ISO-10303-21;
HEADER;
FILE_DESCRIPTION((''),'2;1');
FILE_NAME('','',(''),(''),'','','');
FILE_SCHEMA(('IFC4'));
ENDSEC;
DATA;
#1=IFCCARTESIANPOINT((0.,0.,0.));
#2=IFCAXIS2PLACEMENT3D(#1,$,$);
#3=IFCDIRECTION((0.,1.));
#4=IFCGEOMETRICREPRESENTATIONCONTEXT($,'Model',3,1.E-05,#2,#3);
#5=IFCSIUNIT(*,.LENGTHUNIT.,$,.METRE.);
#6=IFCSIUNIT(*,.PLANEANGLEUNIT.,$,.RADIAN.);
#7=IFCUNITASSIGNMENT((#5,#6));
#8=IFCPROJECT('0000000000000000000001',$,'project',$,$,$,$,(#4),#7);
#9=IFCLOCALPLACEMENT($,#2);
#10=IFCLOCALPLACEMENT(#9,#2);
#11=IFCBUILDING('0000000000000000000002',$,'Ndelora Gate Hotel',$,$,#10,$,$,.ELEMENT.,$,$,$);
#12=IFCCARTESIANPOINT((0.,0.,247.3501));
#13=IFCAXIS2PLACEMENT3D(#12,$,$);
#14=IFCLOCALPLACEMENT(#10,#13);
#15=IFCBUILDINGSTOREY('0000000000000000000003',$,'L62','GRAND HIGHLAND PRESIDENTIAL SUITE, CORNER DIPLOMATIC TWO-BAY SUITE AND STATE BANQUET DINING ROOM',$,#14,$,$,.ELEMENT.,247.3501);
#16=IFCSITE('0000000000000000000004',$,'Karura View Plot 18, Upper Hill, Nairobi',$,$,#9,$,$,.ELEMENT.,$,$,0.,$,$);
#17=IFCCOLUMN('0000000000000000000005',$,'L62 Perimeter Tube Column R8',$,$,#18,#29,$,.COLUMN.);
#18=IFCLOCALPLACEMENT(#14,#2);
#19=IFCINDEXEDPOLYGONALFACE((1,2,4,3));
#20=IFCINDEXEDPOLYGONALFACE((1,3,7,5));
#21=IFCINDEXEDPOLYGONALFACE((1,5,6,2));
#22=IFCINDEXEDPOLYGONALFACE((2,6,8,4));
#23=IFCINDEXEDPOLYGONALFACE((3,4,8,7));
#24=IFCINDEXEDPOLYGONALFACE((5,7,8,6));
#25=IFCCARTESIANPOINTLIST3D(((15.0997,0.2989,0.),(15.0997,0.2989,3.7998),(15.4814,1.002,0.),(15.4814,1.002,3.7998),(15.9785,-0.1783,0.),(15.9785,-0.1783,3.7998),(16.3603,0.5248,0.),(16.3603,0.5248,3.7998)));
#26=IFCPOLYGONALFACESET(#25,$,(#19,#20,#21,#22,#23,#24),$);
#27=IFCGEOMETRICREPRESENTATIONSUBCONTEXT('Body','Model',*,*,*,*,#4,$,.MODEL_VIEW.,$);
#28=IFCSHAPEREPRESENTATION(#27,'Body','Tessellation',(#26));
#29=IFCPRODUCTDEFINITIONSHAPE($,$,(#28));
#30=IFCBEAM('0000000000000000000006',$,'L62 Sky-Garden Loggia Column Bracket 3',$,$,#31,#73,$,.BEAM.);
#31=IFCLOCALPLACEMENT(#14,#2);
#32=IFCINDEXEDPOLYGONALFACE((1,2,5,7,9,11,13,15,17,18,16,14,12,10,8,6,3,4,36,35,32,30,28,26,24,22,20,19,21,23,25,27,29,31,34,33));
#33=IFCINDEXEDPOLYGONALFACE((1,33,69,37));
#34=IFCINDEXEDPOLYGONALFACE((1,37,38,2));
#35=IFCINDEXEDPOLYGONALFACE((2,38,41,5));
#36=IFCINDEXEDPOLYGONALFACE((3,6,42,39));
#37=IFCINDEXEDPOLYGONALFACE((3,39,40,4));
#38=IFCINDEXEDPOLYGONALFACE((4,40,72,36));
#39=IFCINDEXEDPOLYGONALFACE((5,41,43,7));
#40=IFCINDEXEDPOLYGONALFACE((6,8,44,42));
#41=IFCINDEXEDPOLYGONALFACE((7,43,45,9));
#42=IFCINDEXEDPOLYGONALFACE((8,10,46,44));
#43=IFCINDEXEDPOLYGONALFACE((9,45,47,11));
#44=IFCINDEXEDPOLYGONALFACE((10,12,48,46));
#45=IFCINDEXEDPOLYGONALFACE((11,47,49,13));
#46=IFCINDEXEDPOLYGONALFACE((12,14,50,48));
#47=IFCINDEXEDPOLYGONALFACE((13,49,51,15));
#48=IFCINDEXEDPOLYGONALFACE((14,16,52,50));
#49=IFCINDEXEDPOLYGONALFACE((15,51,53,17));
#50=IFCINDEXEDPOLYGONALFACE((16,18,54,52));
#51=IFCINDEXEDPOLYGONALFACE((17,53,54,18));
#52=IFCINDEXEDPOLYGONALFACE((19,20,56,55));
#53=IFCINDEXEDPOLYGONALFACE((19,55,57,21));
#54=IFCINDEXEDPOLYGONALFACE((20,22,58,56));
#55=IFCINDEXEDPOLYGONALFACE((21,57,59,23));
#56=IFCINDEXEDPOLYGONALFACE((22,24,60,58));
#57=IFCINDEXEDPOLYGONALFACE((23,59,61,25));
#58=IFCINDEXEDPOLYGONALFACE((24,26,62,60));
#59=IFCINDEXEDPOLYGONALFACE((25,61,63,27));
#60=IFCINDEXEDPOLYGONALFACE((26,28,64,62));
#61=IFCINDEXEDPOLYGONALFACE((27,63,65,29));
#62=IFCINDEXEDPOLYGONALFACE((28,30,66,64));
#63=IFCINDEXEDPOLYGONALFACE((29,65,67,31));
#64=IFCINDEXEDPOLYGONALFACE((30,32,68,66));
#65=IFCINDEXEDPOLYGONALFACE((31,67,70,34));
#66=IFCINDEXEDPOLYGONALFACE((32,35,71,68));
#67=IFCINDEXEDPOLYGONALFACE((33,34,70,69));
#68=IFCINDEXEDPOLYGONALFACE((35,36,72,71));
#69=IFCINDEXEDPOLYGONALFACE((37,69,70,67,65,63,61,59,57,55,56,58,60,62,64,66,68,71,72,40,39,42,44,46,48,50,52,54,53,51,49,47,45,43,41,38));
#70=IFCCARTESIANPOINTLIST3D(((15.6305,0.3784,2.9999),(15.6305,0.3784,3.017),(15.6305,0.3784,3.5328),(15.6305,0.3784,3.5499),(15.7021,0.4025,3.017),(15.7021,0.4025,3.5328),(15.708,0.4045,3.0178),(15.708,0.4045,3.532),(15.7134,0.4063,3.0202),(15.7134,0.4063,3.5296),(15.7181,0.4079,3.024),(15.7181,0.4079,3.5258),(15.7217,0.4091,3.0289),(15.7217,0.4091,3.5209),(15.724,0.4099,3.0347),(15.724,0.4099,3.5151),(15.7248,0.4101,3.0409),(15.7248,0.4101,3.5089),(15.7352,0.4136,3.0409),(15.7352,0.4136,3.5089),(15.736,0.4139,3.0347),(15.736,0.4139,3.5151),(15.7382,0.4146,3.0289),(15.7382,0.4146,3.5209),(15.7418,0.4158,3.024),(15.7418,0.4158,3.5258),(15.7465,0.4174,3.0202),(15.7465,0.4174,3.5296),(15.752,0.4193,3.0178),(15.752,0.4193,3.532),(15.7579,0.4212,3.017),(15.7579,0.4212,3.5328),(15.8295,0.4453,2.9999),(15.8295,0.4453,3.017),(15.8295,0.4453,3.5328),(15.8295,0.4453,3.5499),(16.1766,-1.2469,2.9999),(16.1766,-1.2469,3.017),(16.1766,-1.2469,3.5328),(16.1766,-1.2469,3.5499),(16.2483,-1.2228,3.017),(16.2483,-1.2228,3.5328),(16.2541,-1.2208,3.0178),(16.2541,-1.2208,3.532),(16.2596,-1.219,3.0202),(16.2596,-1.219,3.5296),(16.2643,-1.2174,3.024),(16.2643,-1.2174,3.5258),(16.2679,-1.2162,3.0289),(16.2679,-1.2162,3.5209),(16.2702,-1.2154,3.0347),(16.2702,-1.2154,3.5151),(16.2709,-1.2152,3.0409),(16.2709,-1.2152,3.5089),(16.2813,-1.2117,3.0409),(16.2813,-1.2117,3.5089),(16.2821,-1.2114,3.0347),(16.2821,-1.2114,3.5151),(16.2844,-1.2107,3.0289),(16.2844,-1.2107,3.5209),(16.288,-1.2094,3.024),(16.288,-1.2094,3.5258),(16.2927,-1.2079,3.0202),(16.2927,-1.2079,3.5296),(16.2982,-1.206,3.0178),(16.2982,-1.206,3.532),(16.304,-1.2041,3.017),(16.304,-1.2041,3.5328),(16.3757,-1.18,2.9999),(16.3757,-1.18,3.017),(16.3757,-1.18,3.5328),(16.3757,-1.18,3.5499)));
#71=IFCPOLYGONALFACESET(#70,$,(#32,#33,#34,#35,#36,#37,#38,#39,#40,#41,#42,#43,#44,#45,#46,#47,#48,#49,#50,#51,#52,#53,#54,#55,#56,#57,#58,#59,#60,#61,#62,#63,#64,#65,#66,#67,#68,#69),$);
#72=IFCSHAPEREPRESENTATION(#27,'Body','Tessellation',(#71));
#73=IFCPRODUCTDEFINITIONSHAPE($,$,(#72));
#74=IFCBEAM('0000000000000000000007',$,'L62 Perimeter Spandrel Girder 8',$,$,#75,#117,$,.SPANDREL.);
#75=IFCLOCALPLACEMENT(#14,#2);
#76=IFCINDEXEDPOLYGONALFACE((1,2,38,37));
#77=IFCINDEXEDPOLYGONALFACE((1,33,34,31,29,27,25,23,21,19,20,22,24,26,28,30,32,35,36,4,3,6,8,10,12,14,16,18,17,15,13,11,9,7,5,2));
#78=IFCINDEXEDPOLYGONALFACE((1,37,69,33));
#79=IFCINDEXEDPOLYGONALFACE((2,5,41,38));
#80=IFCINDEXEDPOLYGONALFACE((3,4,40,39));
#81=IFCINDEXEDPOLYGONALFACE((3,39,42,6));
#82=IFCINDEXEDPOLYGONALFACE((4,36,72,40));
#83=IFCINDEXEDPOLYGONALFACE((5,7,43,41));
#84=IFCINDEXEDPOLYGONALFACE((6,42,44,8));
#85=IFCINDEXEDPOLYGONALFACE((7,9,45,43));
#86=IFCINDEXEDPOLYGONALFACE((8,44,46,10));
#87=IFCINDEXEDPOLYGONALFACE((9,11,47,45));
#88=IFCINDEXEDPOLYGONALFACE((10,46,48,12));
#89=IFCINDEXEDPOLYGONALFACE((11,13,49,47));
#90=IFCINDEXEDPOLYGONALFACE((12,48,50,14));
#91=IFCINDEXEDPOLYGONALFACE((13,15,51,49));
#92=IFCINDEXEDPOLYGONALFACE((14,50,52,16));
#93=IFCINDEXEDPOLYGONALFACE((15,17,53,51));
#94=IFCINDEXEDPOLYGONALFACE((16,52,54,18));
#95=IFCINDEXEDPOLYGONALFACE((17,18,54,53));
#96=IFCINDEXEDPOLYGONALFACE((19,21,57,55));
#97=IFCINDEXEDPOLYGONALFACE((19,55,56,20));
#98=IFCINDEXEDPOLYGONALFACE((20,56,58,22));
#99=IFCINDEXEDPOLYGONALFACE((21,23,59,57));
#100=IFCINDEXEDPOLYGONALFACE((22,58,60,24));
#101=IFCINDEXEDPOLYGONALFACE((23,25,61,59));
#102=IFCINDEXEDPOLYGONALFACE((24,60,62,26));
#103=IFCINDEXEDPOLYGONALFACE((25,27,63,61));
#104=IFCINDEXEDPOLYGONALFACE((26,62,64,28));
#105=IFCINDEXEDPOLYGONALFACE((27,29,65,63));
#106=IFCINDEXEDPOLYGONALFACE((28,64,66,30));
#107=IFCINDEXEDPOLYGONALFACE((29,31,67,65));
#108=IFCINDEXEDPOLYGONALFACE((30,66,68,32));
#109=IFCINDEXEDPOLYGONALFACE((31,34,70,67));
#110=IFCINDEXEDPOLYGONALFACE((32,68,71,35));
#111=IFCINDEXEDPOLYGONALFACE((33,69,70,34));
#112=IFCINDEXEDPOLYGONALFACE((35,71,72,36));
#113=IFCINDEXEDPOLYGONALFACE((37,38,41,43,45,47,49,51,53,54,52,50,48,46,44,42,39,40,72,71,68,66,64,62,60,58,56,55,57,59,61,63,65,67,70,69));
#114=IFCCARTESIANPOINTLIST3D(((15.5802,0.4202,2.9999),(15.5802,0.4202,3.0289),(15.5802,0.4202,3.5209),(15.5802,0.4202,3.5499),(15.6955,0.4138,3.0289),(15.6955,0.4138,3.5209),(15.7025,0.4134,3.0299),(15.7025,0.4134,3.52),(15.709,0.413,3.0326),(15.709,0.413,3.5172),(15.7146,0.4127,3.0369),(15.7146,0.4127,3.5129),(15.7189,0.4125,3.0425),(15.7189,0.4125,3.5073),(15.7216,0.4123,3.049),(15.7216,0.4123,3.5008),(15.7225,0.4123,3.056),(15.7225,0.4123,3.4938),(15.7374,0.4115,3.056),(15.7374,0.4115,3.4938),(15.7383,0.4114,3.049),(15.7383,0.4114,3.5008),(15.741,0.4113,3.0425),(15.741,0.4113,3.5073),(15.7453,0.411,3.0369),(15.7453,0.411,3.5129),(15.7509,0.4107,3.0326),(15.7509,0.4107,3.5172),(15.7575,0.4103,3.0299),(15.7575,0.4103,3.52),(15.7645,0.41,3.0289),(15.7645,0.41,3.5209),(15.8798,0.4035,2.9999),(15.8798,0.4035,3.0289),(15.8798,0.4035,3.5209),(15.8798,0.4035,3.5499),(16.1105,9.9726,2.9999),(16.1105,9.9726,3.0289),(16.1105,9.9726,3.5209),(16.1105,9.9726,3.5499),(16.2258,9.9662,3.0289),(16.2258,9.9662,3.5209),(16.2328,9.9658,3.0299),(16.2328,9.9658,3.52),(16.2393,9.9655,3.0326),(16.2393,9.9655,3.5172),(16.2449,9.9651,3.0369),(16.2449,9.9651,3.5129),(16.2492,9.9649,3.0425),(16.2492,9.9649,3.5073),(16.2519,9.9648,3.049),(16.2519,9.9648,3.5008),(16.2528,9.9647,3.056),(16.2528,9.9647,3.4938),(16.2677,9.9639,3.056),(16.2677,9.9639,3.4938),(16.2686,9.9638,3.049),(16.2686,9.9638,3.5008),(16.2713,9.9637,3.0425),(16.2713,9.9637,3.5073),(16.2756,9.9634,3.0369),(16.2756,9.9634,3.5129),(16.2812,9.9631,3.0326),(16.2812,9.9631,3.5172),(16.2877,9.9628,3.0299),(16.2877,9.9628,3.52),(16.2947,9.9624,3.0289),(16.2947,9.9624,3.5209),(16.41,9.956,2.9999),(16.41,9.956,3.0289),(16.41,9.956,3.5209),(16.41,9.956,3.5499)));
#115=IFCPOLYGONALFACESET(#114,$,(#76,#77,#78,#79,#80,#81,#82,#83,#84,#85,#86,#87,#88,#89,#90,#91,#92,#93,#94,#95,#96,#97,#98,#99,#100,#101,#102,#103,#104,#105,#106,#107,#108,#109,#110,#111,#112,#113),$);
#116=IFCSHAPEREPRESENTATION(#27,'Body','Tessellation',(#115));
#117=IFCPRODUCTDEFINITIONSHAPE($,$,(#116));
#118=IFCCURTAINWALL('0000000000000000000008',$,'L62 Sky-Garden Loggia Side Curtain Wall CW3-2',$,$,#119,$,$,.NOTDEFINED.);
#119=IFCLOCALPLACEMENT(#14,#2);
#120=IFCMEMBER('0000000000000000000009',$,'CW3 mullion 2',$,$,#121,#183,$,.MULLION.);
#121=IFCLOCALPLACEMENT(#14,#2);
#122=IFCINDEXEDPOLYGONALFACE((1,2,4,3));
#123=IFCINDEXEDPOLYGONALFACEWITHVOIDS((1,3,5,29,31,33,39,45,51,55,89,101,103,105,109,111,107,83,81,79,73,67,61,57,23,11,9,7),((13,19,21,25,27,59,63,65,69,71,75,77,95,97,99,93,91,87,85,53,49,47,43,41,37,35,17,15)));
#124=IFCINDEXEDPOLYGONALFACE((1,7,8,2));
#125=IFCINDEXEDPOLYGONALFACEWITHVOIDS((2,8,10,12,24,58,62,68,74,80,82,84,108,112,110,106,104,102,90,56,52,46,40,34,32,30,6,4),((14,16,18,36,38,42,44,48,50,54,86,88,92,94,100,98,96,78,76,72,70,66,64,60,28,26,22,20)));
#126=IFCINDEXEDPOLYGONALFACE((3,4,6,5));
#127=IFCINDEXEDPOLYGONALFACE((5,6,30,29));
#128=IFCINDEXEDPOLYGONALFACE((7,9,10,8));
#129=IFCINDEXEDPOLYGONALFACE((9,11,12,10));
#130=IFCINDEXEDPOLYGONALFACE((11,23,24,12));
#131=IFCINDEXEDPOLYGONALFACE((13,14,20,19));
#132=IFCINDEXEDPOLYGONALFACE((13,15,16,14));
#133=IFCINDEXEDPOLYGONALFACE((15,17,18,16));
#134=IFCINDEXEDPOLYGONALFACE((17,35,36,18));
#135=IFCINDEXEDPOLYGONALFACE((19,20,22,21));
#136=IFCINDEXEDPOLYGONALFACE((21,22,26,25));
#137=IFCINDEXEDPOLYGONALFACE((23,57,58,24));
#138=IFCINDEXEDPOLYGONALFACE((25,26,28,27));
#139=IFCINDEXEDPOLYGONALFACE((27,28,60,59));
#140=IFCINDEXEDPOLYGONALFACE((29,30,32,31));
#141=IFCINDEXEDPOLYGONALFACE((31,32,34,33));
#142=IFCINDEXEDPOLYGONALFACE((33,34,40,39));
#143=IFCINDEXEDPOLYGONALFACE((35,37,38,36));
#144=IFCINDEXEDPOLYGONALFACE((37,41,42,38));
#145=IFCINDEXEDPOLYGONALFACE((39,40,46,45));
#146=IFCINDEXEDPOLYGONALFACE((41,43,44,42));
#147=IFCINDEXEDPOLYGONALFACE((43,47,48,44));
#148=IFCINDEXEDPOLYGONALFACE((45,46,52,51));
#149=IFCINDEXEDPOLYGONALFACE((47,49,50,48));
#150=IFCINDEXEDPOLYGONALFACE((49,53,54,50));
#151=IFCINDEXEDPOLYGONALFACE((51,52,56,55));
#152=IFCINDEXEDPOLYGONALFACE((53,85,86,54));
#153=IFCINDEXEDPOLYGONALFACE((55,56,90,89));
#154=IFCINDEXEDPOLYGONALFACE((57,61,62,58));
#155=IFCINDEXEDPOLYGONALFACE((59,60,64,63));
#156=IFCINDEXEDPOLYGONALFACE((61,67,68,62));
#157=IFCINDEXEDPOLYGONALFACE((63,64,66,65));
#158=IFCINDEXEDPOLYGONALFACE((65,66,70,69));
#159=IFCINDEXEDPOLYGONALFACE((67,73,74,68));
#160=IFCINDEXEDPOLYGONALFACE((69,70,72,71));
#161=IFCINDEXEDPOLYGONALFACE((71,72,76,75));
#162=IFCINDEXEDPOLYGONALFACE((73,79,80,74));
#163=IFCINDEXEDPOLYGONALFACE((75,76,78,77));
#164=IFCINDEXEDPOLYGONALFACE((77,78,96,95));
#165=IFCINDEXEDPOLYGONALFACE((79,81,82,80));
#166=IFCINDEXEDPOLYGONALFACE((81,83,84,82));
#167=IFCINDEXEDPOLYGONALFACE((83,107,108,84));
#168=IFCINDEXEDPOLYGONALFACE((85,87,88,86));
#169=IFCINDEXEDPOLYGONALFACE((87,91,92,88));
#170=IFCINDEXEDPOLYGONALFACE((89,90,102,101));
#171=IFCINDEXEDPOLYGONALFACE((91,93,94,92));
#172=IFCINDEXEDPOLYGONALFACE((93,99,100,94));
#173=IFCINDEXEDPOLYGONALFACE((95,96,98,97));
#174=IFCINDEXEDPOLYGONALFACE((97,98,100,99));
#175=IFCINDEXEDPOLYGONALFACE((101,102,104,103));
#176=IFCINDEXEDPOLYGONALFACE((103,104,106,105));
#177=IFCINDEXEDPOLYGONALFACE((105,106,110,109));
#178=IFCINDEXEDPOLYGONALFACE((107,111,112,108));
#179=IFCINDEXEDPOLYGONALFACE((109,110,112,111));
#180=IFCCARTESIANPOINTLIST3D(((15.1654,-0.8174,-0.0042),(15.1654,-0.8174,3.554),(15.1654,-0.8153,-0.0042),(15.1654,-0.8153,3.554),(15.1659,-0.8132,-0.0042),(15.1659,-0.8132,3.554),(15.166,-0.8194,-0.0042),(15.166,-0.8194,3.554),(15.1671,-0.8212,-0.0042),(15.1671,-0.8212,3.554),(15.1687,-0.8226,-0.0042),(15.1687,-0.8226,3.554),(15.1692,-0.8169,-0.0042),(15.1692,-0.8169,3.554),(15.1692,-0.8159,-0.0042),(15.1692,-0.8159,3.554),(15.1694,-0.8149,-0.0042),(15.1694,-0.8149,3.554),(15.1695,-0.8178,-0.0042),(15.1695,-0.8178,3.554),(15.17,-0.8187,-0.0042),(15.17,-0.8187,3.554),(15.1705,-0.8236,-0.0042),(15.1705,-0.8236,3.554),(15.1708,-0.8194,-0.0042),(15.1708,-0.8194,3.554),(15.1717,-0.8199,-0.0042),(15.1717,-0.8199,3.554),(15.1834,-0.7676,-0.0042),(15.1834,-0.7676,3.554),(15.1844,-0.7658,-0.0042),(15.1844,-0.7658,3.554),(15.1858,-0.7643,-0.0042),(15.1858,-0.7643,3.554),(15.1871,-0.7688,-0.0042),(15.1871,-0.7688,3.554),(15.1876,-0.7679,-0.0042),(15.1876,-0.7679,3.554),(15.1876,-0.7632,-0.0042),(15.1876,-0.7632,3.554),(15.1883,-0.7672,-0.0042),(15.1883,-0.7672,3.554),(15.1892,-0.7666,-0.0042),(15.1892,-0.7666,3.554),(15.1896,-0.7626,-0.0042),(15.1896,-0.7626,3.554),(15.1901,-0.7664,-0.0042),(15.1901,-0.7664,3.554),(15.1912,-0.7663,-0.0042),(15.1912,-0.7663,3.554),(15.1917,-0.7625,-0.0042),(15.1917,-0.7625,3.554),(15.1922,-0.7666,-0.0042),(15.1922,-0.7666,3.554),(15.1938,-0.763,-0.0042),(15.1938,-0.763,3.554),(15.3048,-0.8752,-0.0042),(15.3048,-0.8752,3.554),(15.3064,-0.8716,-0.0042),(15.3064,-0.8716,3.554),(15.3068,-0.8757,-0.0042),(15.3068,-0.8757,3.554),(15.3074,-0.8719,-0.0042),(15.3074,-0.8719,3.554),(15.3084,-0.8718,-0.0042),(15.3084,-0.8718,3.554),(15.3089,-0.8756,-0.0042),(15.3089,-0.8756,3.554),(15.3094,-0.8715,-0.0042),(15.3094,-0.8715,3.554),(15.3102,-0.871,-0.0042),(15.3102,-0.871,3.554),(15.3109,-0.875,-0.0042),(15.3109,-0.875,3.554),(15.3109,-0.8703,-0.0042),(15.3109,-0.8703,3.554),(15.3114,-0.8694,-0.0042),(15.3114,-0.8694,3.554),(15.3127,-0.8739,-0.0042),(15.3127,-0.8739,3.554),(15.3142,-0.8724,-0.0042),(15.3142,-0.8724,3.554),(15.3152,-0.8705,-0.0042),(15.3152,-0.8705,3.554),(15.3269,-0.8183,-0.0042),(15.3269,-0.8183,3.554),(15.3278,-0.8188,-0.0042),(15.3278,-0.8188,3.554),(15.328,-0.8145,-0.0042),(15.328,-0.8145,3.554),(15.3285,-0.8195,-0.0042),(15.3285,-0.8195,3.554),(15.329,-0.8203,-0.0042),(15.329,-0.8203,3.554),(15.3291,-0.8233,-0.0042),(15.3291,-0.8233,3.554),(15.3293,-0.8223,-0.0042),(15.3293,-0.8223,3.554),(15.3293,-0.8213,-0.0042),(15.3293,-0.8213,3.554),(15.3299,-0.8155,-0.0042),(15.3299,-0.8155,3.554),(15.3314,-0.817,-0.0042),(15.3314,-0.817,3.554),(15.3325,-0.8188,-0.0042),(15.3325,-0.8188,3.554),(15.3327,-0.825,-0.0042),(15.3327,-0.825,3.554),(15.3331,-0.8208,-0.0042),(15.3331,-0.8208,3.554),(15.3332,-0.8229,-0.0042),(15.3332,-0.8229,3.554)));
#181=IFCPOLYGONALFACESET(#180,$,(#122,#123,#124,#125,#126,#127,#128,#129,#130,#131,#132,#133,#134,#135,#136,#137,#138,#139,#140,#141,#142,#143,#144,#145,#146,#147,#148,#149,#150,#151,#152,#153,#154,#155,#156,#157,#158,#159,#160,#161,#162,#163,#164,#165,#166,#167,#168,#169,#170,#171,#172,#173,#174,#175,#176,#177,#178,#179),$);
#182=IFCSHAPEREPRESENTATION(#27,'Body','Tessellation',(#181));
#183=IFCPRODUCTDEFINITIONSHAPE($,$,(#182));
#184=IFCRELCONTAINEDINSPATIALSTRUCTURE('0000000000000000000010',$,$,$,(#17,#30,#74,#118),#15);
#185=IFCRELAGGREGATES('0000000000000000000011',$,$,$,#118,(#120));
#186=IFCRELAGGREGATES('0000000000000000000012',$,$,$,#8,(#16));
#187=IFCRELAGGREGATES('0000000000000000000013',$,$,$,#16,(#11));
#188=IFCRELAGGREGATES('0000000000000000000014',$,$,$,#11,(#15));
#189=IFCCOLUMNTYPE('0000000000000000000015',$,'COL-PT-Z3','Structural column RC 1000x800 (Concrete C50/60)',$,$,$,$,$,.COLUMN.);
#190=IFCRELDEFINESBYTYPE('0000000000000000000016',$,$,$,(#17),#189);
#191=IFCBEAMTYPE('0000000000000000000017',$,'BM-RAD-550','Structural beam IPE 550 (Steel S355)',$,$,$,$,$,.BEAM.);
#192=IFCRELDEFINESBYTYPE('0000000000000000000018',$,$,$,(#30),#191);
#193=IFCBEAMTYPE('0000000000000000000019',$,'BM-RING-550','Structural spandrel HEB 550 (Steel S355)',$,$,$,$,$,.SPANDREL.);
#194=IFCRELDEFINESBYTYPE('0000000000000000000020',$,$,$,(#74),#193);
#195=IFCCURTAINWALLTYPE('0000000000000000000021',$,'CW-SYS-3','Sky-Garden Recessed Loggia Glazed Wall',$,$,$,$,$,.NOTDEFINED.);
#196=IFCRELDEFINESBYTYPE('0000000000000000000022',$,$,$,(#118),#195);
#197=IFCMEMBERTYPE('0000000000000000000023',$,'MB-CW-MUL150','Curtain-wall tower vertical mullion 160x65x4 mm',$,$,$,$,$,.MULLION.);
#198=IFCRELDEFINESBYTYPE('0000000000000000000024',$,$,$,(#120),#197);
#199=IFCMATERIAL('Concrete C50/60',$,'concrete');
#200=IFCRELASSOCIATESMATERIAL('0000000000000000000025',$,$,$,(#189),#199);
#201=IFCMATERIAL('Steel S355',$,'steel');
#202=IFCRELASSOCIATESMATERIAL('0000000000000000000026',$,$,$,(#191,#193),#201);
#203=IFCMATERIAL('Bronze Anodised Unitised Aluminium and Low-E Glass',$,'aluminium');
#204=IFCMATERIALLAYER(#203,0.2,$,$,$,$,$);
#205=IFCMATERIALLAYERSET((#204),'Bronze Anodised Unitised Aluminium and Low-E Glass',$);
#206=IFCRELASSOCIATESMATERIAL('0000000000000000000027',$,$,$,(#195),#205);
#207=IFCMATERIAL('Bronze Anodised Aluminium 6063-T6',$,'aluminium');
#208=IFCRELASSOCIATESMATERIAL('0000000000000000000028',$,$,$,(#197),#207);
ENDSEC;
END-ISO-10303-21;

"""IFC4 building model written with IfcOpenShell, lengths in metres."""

from ifc_helpers import new_model, si_unit, direction, frame, origin, origin_2d, place, context, subcontext, project, spatial, rectangle, hollow_rectangle, i_section, extrude, material, layer, layer_set, material_profile, profile_set, type_object, element, aggregate, save


model = new_model("IFC4")

# Units and contexts
model_context = context("Model", 3, precision=1e-05, world=origin(), true_north=direction((0.0, 1.0)))
body_context = subcontext(model_context, "Body", "Model", "MODEL_VIEW")
ifc_project = project(units=[si_unit("LENGTHUNIT", "METRE"), si_unit("PLANEANGLEUNIT", "RADIAN")], contexts=[model_context])

# Site, building, storey
site_placement = place(None, origin())
site = spatial("IfcSite", under=ifc_project, at=site_placement, Name="Karura View Plot 18, Upper Hill, Nairobi", CompositionType="ELEMENT", RefElevation=0.0)
building_placement = place(site_placement, origin())
building = spatial("IfcBuilding", under=site, at=building_placement, Name="Ndelora Gate Hotel", CompositionType="ELEMENT")
storey_placement = place(building_placement, frame((0.0, 0.0, 247.3501)))
storey = spatial("IfcBuildingStorey", under=building, at=storey_placement, Name="L62", Description="GRAND HIGHLAND PRESIDENTIAL SUITE, CORNER DIPLOMATIC TWO-BAY SUITE AND STATE BANQUET DINING ROOM", CompositionType="ELEMENT", Elevation=247.3501)

# Column
ifc_material_1 = material(Name="Concrete C50/60", Category="concrete")
ifc_material_profile_1 = material_profile(ifc_material_1, rectangle(XDim=0.8, YDim=1.0, at=origin_2d()), Name="RC 1000x800")
ifc_profile_set_1 = profile_set([ifc_material_profile_1], Name="Concrete C50/60")
column_type = type_object("IfcColumnType", Name="COL-PT-Z3", Description="Structural column RC 1000x800 (Concrete C50/60)", PredefinedType="COLUMN", material=ifc_profile_set_1)
column_placement = place(storey_placement, frame((15.73, 0.4119, 0.0), z_axis=(0.0, 0.0, 1.0), x_axis=(0.477159, 0.878817, 0.0)))
element("IfcColumn", 1, at=column_placement, inside=storey, type_object=column_type, Name="L62 Perimeter Tube Column R8", PredefinedType="COLUMN", context=body_context, shape_type="SweptSolid", body=[
    extrude(rectangle(XDim=0.8, YDim=1.0, at=origin_2d()), origin(), (0.0, 0.0, 1.0), 3.7998),
])

# Beams
ifc_material_2 = material(Name="Steel S355", Category="steel")
ifc_material_profile_2 = material_profile(ifc_material_2, i_section(OverallWidth=0.21, OverallDepth=0.55, WebThickness=0.011, FlangeThickness=0.0171, FilletRadius=0.0239, at=origin_2d()), Name="IPE 550")
ifc_profile_set_2 = profile_set([ifc_material_profile_2], Name="Steel S355")
beam_type_1 = type_object("IfcBeamType", Name="BM-RAD-550", Description="Structural beam IPE 550 (Steel S355)", PredefinedType="BEAM", material=ifc_profile_set_2)
beam_1_placement = place(storey_placement, frame((15.73, 0.4119, 3.2749), z_axis=(0.318534, -0.947912, 0.0), x_axis=(0.947912, 0.318534, 0.0)))
element("IfcBeam", 2, at=beam_1_placement, inside=storey, type_object=beam_type_1, Name="L62 Sky-Garden Loggia Column Bracket 3", PredefinedType="BEAM", context=body_context, shape_type="SweptSolid", body=[
    extrude(i_section(OverallWidth=0.21, OverallDepth=0.55, WebThickness=0.011, FlangeThickness=0.0171, FilletRadius=0.0239, at=origin_2d()), origin(), (0.0, 0.0, 1.0), 1.7146),
])
ifc_material_profile_3 = material_profile(ifc_material_2, i_section(OverallWidth=0.3, OverallDepth=0.55, WebThickness=0.0149, FlangeThickness=0.0291, FilletRadius=0.0271, at=origin_2d()), Name="HEB 550")
ifc_profile_set_3 = profile_set([ifc_material_profile_3], Name="Steel S355")
beam_type_2 = type_object("IfcBeamType", Name="BM-RING-550", Description="Structural spandrel HEB 550 (Steel S355)", PredefinedType="SPANDREL", material=ifc_profile_set_3)
beam_2_placement = place(storey_placement, frame((15.73, 0.4119, 3.2749), z_axis=(0.055426, 0.998463, 0.0), x_axis=(-0.998463, 0.055426, 0.0)))
element("IfcBeam", 3, at=beam_2_placement, inside=storey, type_object=beam_type_2, Name="L62 Perimeter Spandrel Girder 8", PredefinedType="SPANDREL", context=body_context, shape_type="SweptSolid", body=[
    extrude(i_section(OverallWidth=0.3, OverallDepth=0.55, WebThickness=0.0149, FlangeThickness=0.0291, FilletRadius=0.0271, at=origin_2d()), origin(), (0.0, 0.0, 1.0), 9.5671),
])

# Curtain wall, member
ifc_material_3 = material(Name="Bronze Anodised Unitised Aluminium and Low-E Glass", Category="aluminium")
ifc_layer_1 = layer(ifc_material_3, 0.2)
ifc_layer_set_1 = layer_set([ifc_layer_1], Name="Bronze Anodised Unitised Aluminium and Low-E Glass")
curtain_wall_type = type_object("IfcCurtainWallType", Name="CW-SYS-3", Description="Sky-Garden Recessed Loggia Glazed Wall", PredefinedType="NOTDEFINED", material=ifc_layer_set_1)
curtain_wall_placement = place(storey_placement, origin())
curtain_wall = element("IfcCurtainWall", 4, at=curtain_wall_placement, inside=storey, type_object=curtain_wall_type, Name="L62 Sky-Garden Loggia Side Curtain Wall CW3-2", PredefinedType="NOTDEFINED")
ifc_material_4 = material(Name="Bronze Anodised Aluminium 6063-T6", Category="aluminium")
ifc_material_profile_4 = material_profile(ifc_material_4, hollow_rectangle(XDim=0.0649, YDim=0.1599, WallThickness=0.0039, InnerFilletRadius=0.0039, OuterFilletRadius=0.0081, at=origin_2d()), Name="ALU 160x65x4")
ifc_profile_set_4 = profile_set([ifc_material_profile_4], Name="Bronze Anodised Aluminium 6063-T6")
member_type_1 = type_object("IfcMemberType", Name="MB-CW-MUL150", Description="Curtain-wall tower vertical mullion 160x65x4 mm", PredefinedType="MULLION", material=ifc_profile_set_4)
member_1_placement = place(storey_placement, frame((15.2493, -0.8191, -0.0042), z_axis=(0.0, 0.0, 1.0), x_axis=(-0.358361, -0.933583, 0.0)))
member_1 = element("IfcMember", 5, at=member_1_placement, type_object=member_type_1, Name="CW3 mullion 2", PredefinedType="MULLION", context=body_context, shape_type="SweptSolid", body=[
    extrude(hollow_rectangle(XDim=0.0649, YDim=0.1599, WallThickness=0.0039, InnerFilletRadius=0.0039, OuterFilletRadius=0.0081, at=origin_2d()), origin(), (0.0, 0.0, 1.0), 3.5581),
])
aggregate(curtain_wall, [member_1])

save(model, "model.ifc")
